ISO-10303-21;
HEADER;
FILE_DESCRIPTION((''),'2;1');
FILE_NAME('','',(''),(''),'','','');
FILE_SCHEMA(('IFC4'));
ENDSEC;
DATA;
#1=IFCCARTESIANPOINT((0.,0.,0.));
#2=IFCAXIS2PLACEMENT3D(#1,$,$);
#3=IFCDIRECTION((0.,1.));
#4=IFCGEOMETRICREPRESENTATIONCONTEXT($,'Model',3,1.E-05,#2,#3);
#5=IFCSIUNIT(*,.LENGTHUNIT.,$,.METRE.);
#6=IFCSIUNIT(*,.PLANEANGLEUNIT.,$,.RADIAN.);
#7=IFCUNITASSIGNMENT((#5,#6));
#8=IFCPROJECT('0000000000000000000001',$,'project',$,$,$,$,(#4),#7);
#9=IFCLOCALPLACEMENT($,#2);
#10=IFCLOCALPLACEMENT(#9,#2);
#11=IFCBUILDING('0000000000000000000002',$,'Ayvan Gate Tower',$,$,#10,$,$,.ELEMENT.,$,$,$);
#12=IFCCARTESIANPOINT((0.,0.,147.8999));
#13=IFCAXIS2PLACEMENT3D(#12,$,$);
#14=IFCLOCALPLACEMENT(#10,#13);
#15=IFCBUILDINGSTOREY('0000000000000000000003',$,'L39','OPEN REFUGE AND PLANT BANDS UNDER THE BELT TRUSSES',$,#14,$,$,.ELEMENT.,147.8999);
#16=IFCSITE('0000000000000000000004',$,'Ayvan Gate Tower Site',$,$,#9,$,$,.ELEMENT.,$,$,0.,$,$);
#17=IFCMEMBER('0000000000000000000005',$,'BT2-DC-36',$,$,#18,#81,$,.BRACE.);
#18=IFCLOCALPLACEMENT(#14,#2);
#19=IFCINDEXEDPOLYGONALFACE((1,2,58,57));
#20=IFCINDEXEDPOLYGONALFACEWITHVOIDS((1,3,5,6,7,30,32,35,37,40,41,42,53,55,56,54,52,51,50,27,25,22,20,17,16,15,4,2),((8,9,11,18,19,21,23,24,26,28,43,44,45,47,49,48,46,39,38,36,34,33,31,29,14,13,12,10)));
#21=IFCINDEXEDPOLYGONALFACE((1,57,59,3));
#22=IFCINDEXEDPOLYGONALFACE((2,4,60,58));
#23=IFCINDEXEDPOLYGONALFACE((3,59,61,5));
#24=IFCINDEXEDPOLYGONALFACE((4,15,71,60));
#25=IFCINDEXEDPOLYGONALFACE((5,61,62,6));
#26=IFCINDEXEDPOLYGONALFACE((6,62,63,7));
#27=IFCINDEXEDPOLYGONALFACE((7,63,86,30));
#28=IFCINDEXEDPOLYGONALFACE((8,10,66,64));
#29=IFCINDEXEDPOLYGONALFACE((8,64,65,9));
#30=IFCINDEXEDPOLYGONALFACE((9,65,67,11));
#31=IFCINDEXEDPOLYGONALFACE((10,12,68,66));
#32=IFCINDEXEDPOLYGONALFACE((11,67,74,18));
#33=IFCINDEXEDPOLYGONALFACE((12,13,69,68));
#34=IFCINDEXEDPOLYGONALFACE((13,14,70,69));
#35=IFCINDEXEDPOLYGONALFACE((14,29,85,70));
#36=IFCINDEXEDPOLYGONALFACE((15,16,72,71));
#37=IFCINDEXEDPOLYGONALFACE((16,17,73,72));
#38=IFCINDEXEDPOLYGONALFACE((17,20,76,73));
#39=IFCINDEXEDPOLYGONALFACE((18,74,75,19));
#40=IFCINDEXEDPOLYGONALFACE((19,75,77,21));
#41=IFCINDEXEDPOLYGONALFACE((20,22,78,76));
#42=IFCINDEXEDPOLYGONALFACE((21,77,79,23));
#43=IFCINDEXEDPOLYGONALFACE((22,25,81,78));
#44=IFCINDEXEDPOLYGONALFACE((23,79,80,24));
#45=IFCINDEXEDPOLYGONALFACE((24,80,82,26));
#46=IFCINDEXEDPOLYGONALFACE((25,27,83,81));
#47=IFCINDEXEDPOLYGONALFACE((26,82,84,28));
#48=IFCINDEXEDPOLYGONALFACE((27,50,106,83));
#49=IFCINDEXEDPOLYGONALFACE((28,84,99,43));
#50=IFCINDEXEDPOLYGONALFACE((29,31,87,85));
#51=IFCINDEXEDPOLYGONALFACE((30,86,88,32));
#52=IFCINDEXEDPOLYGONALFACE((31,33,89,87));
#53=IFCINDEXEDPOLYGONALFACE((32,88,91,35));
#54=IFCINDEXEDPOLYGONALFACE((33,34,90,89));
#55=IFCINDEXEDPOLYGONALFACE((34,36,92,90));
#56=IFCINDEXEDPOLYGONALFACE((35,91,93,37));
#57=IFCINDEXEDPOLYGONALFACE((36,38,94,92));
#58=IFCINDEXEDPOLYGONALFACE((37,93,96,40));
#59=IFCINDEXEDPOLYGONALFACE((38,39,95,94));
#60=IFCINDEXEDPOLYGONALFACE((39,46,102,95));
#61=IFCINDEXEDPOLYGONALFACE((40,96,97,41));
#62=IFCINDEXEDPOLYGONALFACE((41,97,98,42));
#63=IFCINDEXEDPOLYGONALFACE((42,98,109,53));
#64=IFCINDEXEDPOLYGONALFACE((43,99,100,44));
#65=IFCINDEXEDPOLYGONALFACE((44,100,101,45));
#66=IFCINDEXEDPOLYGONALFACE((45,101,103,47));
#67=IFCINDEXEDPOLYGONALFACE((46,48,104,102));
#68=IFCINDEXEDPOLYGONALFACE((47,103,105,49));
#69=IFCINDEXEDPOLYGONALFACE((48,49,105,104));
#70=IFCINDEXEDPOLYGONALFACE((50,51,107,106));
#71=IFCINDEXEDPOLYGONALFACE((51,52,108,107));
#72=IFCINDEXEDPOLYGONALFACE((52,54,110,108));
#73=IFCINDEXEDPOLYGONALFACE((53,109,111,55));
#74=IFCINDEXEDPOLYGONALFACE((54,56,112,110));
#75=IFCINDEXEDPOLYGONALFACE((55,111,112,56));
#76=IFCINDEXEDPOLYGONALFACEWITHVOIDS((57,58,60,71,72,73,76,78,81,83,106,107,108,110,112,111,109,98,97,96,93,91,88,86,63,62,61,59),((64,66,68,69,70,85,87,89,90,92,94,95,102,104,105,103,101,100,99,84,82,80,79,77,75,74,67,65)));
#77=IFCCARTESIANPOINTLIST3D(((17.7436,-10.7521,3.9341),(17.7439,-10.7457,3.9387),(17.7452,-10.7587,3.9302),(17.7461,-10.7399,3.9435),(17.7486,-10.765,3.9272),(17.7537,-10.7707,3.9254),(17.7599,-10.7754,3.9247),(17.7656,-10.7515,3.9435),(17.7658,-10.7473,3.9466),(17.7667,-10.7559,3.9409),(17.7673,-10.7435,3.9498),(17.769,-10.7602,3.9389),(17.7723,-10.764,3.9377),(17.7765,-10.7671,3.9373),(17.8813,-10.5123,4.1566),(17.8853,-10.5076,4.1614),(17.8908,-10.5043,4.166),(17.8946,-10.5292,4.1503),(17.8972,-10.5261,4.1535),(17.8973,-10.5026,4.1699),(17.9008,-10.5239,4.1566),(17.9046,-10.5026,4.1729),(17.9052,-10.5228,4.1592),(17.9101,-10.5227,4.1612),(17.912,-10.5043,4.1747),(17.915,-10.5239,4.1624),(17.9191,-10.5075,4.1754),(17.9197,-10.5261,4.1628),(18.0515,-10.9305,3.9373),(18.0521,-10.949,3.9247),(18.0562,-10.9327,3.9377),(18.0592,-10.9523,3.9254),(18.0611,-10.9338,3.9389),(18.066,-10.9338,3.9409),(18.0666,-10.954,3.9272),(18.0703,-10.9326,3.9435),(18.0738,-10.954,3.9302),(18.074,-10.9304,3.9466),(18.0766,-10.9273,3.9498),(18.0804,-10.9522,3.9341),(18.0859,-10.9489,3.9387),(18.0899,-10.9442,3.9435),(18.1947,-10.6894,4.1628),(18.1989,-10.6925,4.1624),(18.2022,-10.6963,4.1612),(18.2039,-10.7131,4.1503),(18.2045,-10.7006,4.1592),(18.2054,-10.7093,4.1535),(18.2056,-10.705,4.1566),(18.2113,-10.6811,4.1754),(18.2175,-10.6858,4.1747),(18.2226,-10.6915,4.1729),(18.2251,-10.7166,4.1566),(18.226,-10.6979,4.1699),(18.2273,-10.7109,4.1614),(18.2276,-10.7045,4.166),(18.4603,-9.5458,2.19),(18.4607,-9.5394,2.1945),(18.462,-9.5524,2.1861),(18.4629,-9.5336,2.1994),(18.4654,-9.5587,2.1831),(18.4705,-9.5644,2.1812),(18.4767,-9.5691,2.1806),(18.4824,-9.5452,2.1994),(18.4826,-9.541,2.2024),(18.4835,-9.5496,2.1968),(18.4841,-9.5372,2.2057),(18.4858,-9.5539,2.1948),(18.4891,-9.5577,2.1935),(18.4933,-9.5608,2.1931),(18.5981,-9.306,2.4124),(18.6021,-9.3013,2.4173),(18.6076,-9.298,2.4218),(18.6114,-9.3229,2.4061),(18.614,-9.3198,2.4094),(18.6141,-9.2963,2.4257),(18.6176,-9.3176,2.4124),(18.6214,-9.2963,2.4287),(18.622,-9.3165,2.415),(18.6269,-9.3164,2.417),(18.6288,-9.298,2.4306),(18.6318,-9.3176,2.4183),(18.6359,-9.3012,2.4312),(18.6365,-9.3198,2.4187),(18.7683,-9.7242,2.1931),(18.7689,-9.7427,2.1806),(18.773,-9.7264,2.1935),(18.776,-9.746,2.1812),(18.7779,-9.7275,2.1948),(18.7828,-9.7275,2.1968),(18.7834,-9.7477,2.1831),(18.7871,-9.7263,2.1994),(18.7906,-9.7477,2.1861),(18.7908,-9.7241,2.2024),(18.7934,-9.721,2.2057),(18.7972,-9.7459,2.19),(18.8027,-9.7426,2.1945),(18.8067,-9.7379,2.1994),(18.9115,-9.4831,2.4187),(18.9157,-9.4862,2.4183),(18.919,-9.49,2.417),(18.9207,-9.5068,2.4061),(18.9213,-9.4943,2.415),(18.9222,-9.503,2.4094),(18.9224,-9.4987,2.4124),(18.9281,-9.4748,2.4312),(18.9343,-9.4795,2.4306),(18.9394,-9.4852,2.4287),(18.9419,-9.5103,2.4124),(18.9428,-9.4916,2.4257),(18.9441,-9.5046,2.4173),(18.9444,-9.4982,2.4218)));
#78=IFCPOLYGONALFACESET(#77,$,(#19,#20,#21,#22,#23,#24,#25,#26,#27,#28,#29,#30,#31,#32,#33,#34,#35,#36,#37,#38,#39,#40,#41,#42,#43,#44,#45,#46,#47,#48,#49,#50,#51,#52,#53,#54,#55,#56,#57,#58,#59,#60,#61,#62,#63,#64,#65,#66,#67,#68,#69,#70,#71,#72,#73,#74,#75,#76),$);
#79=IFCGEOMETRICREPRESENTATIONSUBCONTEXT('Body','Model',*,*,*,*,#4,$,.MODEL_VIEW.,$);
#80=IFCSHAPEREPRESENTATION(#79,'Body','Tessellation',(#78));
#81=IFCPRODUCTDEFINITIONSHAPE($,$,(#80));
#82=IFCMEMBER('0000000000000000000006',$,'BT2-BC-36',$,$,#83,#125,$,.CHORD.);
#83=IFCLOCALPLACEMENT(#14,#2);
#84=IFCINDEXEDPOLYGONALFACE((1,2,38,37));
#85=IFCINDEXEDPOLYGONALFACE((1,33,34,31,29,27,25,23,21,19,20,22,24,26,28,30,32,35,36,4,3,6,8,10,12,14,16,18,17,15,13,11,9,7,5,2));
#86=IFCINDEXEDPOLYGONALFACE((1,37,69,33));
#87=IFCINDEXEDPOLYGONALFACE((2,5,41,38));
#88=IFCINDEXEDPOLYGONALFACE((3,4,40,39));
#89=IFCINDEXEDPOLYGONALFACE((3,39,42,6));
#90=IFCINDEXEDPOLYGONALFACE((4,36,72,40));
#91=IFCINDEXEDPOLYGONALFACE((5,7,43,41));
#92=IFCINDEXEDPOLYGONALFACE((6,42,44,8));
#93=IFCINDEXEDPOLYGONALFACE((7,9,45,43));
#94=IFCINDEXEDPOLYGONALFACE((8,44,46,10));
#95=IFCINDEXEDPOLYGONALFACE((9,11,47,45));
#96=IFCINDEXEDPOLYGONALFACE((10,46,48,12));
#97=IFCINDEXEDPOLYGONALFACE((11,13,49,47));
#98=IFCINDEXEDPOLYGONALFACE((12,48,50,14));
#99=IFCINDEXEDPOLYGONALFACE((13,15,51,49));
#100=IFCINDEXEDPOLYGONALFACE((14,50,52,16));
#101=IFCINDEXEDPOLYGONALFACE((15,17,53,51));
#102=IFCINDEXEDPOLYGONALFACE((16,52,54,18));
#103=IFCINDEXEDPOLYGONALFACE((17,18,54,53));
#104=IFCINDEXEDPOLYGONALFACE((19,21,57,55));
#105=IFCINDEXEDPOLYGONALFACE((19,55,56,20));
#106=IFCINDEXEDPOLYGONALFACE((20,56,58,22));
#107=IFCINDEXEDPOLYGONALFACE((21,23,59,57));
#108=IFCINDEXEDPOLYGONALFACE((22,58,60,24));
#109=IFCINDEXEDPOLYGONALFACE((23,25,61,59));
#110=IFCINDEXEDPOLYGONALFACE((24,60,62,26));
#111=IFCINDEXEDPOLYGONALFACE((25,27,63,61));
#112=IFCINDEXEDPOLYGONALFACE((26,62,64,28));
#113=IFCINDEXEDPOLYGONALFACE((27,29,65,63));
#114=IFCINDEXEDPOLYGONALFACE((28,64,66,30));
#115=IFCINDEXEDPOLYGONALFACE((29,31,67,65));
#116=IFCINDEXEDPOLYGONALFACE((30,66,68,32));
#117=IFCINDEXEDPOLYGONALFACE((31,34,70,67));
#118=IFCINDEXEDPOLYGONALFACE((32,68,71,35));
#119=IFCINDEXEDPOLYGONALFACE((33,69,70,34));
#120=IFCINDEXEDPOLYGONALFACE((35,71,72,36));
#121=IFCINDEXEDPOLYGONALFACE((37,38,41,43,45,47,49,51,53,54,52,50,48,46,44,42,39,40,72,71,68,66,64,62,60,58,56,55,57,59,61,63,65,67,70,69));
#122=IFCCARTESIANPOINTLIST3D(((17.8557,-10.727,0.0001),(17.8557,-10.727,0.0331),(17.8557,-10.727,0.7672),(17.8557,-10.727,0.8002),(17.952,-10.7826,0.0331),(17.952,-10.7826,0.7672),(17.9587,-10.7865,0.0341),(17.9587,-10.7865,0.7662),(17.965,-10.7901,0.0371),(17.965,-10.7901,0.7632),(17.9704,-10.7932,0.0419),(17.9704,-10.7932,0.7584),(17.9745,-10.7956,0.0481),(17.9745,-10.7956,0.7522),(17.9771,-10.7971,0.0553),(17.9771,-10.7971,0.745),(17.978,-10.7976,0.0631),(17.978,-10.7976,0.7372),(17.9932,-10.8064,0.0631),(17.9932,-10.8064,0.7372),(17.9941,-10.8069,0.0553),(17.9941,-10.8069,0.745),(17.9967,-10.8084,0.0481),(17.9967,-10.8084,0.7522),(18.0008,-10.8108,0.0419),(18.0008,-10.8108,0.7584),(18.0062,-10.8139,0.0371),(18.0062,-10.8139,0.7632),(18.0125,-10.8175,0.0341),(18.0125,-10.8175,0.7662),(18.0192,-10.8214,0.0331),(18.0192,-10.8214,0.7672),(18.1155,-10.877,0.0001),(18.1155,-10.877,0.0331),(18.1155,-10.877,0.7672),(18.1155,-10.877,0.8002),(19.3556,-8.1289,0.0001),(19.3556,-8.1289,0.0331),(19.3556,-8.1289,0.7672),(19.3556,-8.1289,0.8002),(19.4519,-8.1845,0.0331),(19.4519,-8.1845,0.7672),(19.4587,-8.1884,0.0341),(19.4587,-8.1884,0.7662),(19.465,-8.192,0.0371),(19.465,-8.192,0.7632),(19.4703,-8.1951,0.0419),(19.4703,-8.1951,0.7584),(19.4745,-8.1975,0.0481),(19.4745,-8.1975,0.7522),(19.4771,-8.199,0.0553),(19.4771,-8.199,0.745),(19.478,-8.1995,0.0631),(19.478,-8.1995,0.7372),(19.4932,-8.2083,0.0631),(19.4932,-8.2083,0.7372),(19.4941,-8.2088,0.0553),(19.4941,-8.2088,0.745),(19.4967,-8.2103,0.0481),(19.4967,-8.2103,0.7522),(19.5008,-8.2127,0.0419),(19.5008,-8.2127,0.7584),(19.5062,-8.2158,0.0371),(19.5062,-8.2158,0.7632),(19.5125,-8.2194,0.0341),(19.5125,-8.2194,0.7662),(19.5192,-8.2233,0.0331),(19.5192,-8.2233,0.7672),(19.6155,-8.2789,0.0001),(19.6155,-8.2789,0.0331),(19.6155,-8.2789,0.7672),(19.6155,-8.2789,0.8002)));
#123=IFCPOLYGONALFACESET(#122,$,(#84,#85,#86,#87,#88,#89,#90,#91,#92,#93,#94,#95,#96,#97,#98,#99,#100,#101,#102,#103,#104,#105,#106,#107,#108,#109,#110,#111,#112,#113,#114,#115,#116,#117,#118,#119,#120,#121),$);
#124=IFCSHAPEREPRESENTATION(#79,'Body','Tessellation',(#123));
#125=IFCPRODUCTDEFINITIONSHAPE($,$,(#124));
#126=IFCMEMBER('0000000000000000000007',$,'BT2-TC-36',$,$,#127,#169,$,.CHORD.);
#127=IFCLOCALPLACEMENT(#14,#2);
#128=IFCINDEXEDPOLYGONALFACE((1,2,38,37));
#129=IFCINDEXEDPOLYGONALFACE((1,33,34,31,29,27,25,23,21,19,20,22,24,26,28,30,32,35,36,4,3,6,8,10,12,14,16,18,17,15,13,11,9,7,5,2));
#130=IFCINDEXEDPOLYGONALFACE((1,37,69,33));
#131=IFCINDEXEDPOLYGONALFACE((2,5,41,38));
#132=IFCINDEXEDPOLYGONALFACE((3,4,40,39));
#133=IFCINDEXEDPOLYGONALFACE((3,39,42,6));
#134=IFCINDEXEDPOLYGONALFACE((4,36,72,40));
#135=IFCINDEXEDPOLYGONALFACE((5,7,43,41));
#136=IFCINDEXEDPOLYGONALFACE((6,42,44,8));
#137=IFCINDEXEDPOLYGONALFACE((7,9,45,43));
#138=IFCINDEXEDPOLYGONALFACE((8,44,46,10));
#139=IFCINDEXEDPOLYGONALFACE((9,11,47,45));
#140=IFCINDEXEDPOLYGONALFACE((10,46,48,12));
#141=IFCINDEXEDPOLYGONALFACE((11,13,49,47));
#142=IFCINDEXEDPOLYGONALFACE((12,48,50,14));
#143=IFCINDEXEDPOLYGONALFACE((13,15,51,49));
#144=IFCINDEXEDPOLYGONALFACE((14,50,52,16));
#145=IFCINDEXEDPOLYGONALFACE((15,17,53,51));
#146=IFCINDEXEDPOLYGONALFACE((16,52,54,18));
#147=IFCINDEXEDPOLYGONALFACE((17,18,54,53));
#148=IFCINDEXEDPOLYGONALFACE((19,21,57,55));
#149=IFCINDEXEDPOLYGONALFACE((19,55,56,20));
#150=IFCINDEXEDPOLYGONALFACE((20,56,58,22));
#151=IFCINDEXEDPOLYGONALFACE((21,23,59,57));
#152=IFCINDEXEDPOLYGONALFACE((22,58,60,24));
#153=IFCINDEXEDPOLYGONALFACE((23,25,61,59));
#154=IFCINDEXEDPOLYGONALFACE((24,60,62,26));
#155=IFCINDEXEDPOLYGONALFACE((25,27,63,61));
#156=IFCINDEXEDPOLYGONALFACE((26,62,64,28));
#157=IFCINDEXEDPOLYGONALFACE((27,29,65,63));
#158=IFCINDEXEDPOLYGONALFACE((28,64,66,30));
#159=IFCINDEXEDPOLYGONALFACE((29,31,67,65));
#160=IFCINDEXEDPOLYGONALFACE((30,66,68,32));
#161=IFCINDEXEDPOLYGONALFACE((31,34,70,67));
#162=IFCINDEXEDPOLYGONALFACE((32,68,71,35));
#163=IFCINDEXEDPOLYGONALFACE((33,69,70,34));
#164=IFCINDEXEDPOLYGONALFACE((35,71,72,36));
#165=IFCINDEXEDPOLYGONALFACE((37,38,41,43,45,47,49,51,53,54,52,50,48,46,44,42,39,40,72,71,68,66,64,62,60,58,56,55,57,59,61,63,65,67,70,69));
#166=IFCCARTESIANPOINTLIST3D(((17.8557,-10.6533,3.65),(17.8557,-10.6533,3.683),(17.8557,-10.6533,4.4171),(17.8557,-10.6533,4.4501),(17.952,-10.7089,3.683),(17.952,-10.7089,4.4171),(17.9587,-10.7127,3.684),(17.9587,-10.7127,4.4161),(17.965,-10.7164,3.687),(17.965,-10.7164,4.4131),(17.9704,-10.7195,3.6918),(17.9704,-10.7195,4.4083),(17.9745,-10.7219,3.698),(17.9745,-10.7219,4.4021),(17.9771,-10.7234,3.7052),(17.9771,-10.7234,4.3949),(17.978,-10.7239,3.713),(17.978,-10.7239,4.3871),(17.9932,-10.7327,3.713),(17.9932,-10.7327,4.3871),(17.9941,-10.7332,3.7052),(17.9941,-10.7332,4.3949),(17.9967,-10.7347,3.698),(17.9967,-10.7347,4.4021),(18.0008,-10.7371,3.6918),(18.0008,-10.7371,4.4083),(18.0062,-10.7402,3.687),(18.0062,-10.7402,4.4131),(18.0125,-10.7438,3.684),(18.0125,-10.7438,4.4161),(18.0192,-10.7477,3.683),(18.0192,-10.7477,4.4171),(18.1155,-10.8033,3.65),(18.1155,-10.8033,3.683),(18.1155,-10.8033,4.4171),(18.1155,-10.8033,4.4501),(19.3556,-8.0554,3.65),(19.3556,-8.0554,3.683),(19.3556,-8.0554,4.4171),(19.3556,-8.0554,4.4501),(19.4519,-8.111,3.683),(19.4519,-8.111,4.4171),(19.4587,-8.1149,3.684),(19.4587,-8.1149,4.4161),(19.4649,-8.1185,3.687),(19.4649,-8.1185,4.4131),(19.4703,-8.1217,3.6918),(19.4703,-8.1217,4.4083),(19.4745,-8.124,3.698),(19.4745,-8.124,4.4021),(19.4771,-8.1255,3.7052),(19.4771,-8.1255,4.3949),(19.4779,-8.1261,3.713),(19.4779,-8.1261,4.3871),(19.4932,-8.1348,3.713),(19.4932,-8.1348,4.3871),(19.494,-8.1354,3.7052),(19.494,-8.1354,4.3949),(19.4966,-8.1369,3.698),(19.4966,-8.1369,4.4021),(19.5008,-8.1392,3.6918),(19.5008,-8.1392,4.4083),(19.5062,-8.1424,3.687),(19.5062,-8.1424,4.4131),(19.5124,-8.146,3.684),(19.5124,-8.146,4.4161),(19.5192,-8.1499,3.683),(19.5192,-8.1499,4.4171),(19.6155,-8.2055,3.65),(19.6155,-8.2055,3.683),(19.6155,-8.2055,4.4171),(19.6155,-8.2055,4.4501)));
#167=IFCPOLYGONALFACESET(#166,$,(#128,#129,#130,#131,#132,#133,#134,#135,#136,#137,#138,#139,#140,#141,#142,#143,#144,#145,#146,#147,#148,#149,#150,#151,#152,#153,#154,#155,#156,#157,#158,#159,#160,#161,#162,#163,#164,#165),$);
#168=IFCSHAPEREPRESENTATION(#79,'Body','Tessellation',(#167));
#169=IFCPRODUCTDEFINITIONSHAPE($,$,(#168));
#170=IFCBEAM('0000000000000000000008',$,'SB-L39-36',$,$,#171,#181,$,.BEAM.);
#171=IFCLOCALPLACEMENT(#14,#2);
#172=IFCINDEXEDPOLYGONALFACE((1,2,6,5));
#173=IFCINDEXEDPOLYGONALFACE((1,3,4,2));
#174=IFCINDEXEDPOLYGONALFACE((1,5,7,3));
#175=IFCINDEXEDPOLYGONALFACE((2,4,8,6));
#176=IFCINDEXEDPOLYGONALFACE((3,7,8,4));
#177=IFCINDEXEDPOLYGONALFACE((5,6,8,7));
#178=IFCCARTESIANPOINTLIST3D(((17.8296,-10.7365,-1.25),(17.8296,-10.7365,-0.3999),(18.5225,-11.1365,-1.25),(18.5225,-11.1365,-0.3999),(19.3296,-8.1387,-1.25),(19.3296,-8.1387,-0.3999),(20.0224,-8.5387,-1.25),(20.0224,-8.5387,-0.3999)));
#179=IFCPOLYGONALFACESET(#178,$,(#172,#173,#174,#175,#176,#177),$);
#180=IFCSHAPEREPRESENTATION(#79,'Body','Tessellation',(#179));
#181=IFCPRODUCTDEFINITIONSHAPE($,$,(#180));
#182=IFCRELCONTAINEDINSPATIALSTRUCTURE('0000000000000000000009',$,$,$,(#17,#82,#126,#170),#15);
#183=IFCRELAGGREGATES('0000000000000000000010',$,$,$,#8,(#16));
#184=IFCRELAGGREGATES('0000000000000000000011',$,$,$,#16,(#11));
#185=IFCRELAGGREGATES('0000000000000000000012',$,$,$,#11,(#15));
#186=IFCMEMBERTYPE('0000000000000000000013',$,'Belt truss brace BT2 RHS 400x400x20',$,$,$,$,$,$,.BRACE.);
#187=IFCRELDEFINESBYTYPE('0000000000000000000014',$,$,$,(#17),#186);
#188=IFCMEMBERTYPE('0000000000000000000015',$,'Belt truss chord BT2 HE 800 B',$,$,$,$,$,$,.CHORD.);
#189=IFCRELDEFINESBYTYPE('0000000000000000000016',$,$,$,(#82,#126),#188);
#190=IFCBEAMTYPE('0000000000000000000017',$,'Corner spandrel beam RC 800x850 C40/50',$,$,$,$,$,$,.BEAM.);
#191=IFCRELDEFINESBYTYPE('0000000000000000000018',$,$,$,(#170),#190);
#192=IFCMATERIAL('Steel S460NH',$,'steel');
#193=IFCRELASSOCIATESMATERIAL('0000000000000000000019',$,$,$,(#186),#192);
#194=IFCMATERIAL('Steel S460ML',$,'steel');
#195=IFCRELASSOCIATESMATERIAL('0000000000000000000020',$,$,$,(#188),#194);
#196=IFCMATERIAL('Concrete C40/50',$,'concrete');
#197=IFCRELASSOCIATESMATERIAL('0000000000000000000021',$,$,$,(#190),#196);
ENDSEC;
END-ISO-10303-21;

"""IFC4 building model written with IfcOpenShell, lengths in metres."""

from ifc_helpers import new_model, si_unit, direction, frame, origin, origin_2d, place, context, subcontext, project, spatial, rectangle, hollow_rectangle, i_section, extrude, material, material_profile, profile_set, type_object, element, save


model = new_model("IFC4")

# Units and contexts
model_context = context("Model", 3, precision=1e-05, world=origin(), true_north=direction((0.0, 1.0)))
body_context = subcontext(model_context, "Body", "Model", "MODEL_VIEW")
ifc_project = project(units=[si_unit("LENGTHUNIT", "METRE"), si_unit("PLANEANGLEUNIT", "RADIAN")], contexts=[model_context])

# Site, building, storey
site_placement = place(None, origin())
site = spatial("IfcSite", under=ifc_project, at=site_placement, Name="Ayvan Gate Tower Site", CompositionType="ELEMENT", RefElevation=0.0)
building_placement = place(site_placement, origin())
building = spatial("IfcBuilding", under=site, at=building_placement, Name="Ayvan Gate Tower", CompositionType="ELEMENT")
storey_placement = place(building_placement, frame((0.0, 0.0, 147.8999)))
storey = spatial("IfcBuildingStorey", under=building, at=storey_placement, Name="L39", Description="OPEN REFUGE AND PLANT BANDS UNDER THE BELT TRUSSES", CompositionType="ELEMENT", Elevation=147.8999)

# Members
ifc_material_1 = material(Name="Steel S460NH", Category="steel")
ifc_material_profile_1 = material_profile(ifc_material_1, hollow_rectangle(XDim=0.3999, YDim=0.3999, WallThickness=0.02, InnerFilletRadius=0.02, OuterFilletRadius=0.03, at=origin_2d()), Name="RHS 400x400x20")
ifc_profile_set_1 = profile_set([ifc_material_profile_1], Name="Steel S460NH")
member_type_1 = type_object("IfcMemberType", Name="Belt truss brace BT2 RHS 400x400x20", PredefinedType="BRACE", material=ifc_profile_set_1)
member_1_placement = place(storey_placement, frame((18.7024, -9.522, 2.3059), z_axis=(-0.32021, -0.538882, 0.779148), x_axis=(0.85968, -0.510832, 0.0)))
element("IfcMember", 1, at=member_1_placement, inside=storey, type_object=member_type_1, Name="BT2-DC-36", PredefinedType="BRACE", context=body_context, shape_type="SweptSolid", body=[
    extrude(hollow_rectangle(XDim=0.3999, YDim=0.3999, WallThickness=0.02, InnerFilletRadius=0.02, OuterFilletRadius=0.03, at=origin_2d()), origin(), (0.0, 0.0, 1.0), 2.2385),
])
ifc_material_2 = material(Name="Steel S460ML", Category="steel")
ifc_material_profile_2 = material_profile(ifc_material_2, i_section(OverallWidth=0.3, OverallDepth=0.8, WebThickness=0.0176, FlangeThickness=0.033, FilletRadius=0.03, at=origin_2d()), Name="HE 800 B")
ifc_profile_set_2 = profile_set([ifc_material_profile_2], Name="Steel S460ML")
member_type_2 = type_object("IfcMemberType", Name="Belt truss chord BT2 HE 800 B", PredefinedType="CHORD", material=ifc_profile_set_2)
member_2_placement = place(storey_placement, frame((17.9856, -10.802, 0.4001), z_axis=(0.49999, 0.866031, 0.0), x_axis=(-0.866031, 0.49999, 0.0)))
element("IfcMember", 2, at=member_2_placement, inside=storey, type_object=member_type_2, Name="BT2-BC-36", PredefinedType="CHORD", context=body_context, shape_type="SweptSolid", body=[
    extrude(i_section(OverallWidth=0.3, OverallDepth=0.8, WebThickness=0.0176, FlangeThickness=0.033, FilletRadius=0.03, at=origin_2d()), origin(), (0.0, 0.0, 1.0), 3.0),
])
member_3_placement = place(storey_placement, frame((17.9856, -10.7283, 4.05), z_axis=(0.500025, 0.866011, 0.0), x_axis=(-0.866011, 0.500025, 0.0)))
element("IfcMember", 3, at=member_3_placement, inside=storey, type_object=member_type_2, Name="BT2-TC-36", PredefinedType="CHORD", context=body_context, shape_type="SweptSolid", body=[
    extrude(i_section(OverallWidth=0.3, OverallDepth=0.8, WebThickness=0.0176, FlangeThickness=0.033, FilletRadius=0.03, at=origin_2d()), origin(), (0.0, 0.0, 1.0), 2.9998),
])

# Beam
ifc_material_3 = material(Name="Concrete C40/50", Category="concrete")
ifc_material_profile_3 = material_profile(ifc_material_3, rectangle(XDim=0.8, YDim=0.8501, at=origin_2d()), Name="RC 800x850")
ifc_profile_set_3 = profile_set([ifc_material_profile_3], Name="Concrete C40/50")
beam_type_1 = type_object("IfcBeamType", Name="Corner spandrel beam RC 800x850 C40/50", PredefinedType="BEAM", material=ifc_profile_set_3)
beam_1_placement = place(storey_placement, frame((18.176, -10.9365, -0.825), z_axis=(0.500025, 0.866011, 0.0), x_axis=(-0.866011, 0.500025, 0.0)))
element("IfcBeam", 4, at=beam_1_placement, inside=storey, type_object=beam_type_1, Name="SB-L39-36", PredefinedType="BEAM", context=body_context, shape_type="SweptSolid", body=[
    extrude(rectangle(XDim=0.8, YDim=0.8501, at=origin_2d()), origin(), (0.0, 0.0, 1.0), 2.9998),
])

save(model, "model.ifc")
